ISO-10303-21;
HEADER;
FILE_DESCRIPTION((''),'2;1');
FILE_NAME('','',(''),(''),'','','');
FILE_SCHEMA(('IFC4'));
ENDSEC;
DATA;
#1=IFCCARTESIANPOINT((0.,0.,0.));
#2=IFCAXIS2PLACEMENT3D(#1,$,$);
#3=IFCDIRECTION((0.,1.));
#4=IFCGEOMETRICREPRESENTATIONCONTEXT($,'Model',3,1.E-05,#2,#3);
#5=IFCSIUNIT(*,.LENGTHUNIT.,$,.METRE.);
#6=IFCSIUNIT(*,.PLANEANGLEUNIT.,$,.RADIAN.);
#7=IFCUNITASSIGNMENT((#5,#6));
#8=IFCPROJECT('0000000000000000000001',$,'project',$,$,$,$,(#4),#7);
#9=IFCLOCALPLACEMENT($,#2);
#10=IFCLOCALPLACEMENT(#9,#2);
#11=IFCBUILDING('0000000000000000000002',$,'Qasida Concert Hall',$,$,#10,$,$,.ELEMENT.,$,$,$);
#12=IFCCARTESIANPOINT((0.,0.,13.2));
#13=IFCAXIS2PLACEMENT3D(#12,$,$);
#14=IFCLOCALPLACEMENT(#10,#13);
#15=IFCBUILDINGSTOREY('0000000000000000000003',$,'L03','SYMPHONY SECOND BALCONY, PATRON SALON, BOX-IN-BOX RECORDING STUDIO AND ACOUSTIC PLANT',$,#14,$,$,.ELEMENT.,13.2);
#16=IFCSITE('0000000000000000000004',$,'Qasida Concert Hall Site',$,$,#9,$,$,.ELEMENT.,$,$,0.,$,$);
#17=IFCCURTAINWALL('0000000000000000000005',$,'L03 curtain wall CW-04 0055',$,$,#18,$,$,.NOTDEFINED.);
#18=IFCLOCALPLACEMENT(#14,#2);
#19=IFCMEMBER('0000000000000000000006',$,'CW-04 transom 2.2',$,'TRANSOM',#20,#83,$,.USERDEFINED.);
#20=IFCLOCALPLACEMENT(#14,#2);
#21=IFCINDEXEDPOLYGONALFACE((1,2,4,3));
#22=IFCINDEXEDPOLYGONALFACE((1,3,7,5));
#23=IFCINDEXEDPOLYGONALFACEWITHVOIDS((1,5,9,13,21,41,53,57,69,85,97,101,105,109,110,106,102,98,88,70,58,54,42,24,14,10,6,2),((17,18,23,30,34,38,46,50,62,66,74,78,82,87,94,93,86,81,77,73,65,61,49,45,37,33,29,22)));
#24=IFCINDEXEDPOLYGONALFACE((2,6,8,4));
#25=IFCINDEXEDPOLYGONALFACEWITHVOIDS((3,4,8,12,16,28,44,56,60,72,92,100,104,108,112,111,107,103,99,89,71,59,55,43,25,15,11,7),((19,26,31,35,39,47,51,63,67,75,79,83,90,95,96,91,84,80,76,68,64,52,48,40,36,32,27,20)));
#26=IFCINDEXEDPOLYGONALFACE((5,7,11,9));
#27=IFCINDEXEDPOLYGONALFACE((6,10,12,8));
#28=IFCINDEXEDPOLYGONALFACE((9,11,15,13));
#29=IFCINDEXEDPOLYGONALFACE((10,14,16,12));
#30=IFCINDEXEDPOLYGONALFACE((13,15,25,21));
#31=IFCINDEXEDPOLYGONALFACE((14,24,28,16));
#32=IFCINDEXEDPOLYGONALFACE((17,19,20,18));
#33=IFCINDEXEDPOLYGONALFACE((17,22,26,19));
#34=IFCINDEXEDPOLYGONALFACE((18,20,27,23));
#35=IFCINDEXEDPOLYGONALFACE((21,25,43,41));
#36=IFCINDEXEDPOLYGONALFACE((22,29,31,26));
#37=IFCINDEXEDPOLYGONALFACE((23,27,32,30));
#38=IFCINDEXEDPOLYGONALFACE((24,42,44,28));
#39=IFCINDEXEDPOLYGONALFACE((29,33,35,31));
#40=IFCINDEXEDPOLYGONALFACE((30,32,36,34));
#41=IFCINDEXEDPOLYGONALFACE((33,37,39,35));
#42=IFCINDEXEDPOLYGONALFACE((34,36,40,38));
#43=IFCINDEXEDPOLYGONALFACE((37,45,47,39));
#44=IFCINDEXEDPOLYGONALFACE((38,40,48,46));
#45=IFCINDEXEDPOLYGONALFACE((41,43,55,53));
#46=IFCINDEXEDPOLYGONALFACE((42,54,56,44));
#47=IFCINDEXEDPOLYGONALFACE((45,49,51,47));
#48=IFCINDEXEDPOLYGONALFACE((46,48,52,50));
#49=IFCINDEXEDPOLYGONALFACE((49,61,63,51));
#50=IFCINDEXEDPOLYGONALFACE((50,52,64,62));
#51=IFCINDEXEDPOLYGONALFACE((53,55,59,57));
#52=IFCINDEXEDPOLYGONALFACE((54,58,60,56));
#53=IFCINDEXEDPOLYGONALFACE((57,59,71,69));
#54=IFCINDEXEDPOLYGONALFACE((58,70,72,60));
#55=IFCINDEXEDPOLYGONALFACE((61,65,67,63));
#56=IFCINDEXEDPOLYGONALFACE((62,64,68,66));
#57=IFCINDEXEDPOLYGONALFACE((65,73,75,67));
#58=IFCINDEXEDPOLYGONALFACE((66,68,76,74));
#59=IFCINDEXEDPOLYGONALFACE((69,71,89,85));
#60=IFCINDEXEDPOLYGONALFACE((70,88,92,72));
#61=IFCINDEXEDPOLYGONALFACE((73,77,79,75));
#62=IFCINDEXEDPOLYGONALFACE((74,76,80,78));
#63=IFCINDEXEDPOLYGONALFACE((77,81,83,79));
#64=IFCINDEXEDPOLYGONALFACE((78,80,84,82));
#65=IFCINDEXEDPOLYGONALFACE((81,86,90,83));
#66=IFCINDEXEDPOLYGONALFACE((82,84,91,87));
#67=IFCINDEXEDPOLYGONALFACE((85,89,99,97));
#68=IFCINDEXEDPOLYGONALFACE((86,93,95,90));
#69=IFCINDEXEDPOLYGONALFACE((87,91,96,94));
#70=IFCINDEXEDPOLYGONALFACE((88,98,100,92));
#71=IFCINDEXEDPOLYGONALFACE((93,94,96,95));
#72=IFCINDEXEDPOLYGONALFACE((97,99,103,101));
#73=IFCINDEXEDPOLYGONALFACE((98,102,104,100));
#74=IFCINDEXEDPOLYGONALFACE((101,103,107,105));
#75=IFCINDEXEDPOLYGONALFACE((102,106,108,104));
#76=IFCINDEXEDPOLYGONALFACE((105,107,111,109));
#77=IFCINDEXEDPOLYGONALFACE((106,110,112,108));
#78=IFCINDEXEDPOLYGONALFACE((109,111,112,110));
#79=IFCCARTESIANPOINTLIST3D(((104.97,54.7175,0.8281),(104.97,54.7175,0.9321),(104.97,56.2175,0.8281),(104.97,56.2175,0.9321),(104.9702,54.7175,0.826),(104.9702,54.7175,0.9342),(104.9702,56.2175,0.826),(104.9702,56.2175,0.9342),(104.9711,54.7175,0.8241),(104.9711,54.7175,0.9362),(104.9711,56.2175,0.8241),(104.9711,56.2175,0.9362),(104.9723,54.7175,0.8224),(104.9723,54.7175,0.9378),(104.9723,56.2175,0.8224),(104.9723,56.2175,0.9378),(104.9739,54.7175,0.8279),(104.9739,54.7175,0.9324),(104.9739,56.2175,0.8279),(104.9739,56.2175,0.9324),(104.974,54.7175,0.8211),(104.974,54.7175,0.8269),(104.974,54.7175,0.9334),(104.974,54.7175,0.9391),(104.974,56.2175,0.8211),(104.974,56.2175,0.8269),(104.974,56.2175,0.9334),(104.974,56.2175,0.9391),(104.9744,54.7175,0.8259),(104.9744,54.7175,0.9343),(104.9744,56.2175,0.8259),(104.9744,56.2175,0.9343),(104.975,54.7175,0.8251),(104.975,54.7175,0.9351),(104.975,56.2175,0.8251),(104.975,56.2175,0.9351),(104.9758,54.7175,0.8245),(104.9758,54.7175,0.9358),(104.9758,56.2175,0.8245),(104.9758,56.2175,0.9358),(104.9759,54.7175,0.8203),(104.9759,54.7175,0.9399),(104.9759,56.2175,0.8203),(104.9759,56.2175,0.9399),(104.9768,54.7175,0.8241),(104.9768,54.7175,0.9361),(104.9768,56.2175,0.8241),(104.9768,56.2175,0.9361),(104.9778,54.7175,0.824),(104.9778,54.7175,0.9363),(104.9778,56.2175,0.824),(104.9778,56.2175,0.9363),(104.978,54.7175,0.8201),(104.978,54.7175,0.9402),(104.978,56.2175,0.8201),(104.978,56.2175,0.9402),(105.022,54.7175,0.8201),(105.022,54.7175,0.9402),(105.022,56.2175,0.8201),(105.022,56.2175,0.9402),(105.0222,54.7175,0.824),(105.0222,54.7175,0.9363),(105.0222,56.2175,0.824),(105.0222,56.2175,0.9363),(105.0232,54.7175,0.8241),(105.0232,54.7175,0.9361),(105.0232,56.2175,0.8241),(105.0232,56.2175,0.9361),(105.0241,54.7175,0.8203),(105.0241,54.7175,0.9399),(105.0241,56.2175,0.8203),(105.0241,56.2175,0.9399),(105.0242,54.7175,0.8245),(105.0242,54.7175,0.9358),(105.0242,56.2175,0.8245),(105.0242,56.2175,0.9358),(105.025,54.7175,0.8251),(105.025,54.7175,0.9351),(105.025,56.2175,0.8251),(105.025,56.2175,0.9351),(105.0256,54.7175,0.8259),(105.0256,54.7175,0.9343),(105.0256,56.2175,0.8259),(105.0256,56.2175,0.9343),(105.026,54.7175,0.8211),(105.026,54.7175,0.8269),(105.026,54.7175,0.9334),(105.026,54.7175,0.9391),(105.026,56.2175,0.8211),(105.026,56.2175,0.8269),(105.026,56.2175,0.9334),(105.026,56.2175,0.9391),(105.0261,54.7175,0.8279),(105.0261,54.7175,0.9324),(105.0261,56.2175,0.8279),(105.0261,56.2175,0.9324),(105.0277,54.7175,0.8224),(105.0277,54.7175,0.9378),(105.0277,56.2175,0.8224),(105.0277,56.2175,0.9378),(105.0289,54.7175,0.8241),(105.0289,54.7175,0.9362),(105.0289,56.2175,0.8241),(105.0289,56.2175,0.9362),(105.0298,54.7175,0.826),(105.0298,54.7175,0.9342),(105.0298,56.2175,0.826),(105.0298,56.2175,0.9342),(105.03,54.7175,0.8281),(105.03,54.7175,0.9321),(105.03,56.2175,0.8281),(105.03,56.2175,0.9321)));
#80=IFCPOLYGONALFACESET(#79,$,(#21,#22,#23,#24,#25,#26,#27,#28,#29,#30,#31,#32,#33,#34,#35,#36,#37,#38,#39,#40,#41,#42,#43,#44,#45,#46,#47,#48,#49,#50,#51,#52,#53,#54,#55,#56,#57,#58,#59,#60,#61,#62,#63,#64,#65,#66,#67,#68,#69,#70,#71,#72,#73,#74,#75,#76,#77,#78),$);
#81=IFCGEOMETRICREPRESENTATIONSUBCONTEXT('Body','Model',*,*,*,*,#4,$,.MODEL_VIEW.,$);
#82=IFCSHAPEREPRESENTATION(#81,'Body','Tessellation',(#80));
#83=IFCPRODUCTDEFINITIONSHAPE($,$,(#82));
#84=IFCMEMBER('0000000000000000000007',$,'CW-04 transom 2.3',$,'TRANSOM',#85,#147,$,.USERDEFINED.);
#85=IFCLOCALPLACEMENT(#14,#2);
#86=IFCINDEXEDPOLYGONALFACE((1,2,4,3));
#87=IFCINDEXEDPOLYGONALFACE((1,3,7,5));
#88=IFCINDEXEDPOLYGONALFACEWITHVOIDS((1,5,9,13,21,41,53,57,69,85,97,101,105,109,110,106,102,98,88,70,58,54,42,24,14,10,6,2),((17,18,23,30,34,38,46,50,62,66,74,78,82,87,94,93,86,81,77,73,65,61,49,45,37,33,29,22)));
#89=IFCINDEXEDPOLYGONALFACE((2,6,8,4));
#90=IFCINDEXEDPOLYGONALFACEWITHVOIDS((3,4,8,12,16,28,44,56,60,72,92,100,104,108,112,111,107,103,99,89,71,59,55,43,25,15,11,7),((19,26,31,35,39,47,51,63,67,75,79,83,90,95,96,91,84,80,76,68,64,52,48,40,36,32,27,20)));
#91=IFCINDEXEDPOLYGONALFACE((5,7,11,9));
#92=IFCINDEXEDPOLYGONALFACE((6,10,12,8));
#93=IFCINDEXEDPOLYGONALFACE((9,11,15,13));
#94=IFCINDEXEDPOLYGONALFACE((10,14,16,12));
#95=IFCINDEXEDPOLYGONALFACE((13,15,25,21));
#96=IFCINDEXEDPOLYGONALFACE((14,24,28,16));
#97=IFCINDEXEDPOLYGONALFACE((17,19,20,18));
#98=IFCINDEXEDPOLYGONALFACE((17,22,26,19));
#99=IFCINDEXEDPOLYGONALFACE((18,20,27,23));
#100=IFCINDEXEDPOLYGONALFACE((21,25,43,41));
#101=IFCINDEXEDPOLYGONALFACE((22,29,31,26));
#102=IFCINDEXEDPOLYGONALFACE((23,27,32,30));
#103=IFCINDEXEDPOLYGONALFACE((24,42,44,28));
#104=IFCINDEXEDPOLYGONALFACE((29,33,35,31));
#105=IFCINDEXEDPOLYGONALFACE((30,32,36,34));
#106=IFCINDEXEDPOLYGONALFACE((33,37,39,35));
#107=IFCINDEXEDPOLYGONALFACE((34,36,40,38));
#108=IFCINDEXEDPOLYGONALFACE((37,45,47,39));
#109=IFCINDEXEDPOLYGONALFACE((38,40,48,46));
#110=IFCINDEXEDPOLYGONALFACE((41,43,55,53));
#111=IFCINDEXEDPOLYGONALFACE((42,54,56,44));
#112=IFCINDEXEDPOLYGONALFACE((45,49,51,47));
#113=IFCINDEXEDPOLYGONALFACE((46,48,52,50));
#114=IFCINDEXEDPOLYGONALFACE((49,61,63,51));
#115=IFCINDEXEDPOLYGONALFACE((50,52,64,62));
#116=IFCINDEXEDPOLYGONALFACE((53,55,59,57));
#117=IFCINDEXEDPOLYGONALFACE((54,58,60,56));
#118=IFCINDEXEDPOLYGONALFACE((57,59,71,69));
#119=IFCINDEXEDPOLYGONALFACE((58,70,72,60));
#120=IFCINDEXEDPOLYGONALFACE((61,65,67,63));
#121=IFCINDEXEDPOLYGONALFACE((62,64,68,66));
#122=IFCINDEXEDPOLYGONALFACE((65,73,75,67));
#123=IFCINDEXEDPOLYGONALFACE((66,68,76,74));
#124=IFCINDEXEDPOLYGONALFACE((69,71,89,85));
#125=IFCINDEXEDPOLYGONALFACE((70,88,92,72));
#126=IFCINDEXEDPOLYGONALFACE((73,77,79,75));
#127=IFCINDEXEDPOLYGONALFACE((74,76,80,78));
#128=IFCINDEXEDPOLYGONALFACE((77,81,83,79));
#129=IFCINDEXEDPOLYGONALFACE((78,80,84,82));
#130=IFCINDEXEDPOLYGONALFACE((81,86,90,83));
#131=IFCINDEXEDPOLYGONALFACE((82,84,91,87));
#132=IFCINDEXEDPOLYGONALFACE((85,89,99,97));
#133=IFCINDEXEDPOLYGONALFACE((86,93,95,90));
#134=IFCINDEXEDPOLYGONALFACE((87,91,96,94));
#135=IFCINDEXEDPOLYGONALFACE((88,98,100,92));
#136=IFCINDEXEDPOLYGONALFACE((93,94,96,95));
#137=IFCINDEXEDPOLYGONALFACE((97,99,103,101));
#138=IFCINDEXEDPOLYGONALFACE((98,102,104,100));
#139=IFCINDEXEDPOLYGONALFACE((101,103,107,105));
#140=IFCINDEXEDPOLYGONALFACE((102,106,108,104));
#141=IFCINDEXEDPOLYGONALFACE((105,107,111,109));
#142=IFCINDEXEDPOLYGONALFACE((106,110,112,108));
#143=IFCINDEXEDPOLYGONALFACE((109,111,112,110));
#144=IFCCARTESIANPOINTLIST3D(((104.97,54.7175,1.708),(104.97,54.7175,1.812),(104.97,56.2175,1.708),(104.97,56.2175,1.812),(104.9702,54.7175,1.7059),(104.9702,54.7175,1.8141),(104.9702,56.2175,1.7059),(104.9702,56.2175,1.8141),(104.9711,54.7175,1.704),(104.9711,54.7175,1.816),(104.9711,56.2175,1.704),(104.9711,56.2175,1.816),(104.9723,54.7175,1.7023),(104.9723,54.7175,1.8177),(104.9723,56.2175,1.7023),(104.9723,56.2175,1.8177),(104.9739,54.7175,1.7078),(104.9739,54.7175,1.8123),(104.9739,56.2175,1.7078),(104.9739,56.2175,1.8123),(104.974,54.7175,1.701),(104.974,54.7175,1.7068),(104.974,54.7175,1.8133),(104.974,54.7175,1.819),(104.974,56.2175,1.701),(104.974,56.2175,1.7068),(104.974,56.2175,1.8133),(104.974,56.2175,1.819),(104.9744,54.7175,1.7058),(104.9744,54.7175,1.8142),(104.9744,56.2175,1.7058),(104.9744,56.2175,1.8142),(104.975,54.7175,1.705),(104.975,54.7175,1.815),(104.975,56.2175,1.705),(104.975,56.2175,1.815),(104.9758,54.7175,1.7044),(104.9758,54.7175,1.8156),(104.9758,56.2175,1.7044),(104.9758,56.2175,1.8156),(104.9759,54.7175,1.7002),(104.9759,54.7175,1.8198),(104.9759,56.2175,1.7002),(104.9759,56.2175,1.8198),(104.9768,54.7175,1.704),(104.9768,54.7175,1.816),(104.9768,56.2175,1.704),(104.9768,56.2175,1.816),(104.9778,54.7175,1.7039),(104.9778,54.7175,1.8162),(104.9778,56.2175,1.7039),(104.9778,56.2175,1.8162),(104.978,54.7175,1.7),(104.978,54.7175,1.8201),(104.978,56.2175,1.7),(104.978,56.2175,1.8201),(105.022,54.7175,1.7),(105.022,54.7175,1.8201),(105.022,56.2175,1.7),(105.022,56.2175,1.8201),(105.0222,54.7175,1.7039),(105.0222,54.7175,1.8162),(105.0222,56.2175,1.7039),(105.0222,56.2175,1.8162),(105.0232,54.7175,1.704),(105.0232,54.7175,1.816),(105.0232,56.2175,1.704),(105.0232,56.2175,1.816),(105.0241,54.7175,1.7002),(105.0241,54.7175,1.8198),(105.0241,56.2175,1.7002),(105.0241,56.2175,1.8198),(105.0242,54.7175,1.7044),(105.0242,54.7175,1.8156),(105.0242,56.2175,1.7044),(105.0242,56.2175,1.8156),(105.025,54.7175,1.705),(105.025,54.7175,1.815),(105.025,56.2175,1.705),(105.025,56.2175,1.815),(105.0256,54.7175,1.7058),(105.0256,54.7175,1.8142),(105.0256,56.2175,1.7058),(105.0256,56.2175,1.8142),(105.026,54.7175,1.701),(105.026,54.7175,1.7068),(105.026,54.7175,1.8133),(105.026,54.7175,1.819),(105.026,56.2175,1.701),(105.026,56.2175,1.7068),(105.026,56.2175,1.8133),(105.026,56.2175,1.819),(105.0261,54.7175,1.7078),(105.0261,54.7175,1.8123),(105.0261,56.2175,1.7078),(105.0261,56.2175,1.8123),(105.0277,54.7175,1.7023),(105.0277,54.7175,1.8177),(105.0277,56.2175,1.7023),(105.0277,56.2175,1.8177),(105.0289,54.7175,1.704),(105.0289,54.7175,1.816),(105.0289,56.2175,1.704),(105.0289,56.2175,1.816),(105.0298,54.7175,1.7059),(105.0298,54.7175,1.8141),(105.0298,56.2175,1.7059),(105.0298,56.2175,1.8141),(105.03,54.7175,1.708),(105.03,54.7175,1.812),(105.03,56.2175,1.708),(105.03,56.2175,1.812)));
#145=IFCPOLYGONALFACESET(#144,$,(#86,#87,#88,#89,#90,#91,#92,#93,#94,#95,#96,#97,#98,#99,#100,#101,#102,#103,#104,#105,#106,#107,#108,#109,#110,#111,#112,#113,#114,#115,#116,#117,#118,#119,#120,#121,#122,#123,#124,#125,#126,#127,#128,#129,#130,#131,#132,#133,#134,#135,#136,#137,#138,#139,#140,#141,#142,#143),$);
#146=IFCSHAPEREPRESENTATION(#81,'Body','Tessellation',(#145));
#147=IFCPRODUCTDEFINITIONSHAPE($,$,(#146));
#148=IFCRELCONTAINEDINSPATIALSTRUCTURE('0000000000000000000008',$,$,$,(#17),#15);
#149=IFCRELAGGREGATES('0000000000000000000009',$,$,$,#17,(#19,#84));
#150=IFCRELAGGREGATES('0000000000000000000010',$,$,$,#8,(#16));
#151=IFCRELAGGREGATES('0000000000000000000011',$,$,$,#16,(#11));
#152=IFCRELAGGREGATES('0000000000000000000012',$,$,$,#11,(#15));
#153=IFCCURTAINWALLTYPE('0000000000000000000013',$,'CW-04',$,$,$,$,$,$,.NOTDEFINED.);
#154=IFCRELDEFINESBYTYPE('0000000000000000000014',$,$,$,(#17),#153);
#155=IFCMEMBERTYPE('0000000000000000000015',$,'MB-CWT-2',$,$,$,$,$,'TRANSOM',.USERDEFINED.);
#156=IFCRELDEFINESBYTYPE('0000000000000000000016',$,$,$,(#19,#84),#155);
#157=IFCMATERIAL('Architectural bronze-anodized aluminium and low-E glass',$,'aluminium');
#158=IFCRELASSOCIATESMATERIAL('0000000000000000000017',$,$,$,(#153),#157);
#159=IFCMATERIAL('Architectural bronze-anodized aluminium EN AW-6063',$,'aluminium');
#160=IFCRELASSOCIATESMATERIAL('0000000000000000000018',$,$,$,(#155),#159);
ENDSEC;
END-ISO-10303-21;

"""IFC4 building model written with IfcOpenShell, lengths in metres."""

from ifc_helpers import new_model, si_unit, direction, frame, origin, origin_2d, place, context, subcontext, project, spatial, hollow_rectangle, extrude, material, material_profile, profile_set, type_object, element, aggregate, save


model = new_model("IFC4")

# Units and contexts
model_context = context("Model", 3, precision=1e-05, world=origin(), true_north=direction((0.0, 1.0)))
body_context = subcontext(model_context, "Body", "Model", "MODEL_VIEW")
ifc_project = project(units=[si_unit("LENGTHUNIT", "METRE"), si_unit("PLANEANGLEUNIT", "RADIAN")], contexts=[model_context])

# Site, building, storey
site_placement = place(None, origin())
site = spatial("IfcSite", under=ifc_project, at=site_placement, Name="Qasida Concert Hall Site", CompositionType="ELEMENT", RefElevation=0.0)
building_placement = place(site_placement, origin())
building = spatial("IfcBuilding", under=site, at=building_placement, Name="Qasida Concert Hall", CompositionType="ELEMENT")
storey_placement = place(building_placement, frame((0.0, 0.0, 13.2)))
storey = spatial("IfcBuildingStorey", under=building, at=storey_placement, Name="L03", Description="SYMPHONY SECOND BALCONY, PATRON SALON, BOX-IN-BOX RECORDING STUDIO AND ACOUSTIC PLANT", CompositionType="ELEMENT", Elevation=13.2)

# Curtain wall, members
ifc_material_1 = material(Name="Architectural bronze-anodized aluminium and low-E glass", Category="aluminium")
curtain_wall_type = type_object("IfcCurtainWallType", Name="CW-04", PredefinedType="NOTDEFINED", material=ifc_material_1)
curtain_wall_placement = place(storey_placement, origin())
curtain_wall = element("IfcCurtainWall", 1, at=curtain_wall_placement, inside=storey, type_object=curtain_wall_type, Name="L03 curtain wall CW-04 0055", PredefinedType="NOTDEFINED")
ifc_material_2 = material(Name="Architectural bronze-anodized aluminium EN AW-6063", Category="aluminium")
ifc_material_profile_1 = material_profile(ifc_material_2, hollow_rectangle(XDim=0.0601, YDim=0.1201, WallThickness=0.0039, InnerFilletRadius=0.0039, OuterFilletRadius=0.0081, at=origin_2d()), Name="CWT 120x60x4")
ifc_profile_set_1 = profile_set([ifc_material_profile_1], Name="Architectural bronze-anodized aluminium EN AW-6063")
member_type_1 = type_object("IfcMemberType", Name="MB-CWT-2", ElementType="TRANSOM", PredefinedType="USERDEFINED", material=ifc_profile_set_1)
member_1_placement = place(storey_placement, frame((105.0, 54.7175, 0.8801), z_axis=(0.0, 1.0, 0.0), x_axis=(-1.0, 0.0, 0.0)))
member_1 = element("IfcMember", 2, at=member_1_placement, type_object=member_type_1, Name="CW-04 transom 2.2", ObjectType="TRANSOM", PredefinedType="USERDEFINED", context=body_context, shape_type="SweptSolid", body=[
    extrude(hollow_rectangle(XDim=0.0601, YDim=0.1201, WallThickness=0.0039, InnerFilletRadius=0.0039, OuterFilletRadius=0.0081, at=origin_2d()), origin(), (0.0, 0.0, 1.0), 1.5),
])
member_2_placement = place(storey_placement, frame((105.0, 54.7175, 1.76), z_axis=(0.0, 1.0, 0.0), x_axis=(-1.0, 0.0, 0.0)))
member_2 = element("IfcMember", 3, at=member_2_placement, type_object=member_type_1, Name="CW-04 transom 2.3", ObjectType="TRANSOM", PredefinedType="USERDEFINED", context=body_context, shape_type="SweptSolid", body=[
    extrude(hollow_rectangle(XDim=0.0601, YDim=0.1201, WallThickness=0.0039, InnerFilletRadius=0.0039, OuterFilletRadius=0.0081, at=origin_2d()), origin(), (0.0, 0.0, 1.0), 1.5),
])
aggregate(curtain_wall, [member_1, member_2])

save(model, "model.ifc")
